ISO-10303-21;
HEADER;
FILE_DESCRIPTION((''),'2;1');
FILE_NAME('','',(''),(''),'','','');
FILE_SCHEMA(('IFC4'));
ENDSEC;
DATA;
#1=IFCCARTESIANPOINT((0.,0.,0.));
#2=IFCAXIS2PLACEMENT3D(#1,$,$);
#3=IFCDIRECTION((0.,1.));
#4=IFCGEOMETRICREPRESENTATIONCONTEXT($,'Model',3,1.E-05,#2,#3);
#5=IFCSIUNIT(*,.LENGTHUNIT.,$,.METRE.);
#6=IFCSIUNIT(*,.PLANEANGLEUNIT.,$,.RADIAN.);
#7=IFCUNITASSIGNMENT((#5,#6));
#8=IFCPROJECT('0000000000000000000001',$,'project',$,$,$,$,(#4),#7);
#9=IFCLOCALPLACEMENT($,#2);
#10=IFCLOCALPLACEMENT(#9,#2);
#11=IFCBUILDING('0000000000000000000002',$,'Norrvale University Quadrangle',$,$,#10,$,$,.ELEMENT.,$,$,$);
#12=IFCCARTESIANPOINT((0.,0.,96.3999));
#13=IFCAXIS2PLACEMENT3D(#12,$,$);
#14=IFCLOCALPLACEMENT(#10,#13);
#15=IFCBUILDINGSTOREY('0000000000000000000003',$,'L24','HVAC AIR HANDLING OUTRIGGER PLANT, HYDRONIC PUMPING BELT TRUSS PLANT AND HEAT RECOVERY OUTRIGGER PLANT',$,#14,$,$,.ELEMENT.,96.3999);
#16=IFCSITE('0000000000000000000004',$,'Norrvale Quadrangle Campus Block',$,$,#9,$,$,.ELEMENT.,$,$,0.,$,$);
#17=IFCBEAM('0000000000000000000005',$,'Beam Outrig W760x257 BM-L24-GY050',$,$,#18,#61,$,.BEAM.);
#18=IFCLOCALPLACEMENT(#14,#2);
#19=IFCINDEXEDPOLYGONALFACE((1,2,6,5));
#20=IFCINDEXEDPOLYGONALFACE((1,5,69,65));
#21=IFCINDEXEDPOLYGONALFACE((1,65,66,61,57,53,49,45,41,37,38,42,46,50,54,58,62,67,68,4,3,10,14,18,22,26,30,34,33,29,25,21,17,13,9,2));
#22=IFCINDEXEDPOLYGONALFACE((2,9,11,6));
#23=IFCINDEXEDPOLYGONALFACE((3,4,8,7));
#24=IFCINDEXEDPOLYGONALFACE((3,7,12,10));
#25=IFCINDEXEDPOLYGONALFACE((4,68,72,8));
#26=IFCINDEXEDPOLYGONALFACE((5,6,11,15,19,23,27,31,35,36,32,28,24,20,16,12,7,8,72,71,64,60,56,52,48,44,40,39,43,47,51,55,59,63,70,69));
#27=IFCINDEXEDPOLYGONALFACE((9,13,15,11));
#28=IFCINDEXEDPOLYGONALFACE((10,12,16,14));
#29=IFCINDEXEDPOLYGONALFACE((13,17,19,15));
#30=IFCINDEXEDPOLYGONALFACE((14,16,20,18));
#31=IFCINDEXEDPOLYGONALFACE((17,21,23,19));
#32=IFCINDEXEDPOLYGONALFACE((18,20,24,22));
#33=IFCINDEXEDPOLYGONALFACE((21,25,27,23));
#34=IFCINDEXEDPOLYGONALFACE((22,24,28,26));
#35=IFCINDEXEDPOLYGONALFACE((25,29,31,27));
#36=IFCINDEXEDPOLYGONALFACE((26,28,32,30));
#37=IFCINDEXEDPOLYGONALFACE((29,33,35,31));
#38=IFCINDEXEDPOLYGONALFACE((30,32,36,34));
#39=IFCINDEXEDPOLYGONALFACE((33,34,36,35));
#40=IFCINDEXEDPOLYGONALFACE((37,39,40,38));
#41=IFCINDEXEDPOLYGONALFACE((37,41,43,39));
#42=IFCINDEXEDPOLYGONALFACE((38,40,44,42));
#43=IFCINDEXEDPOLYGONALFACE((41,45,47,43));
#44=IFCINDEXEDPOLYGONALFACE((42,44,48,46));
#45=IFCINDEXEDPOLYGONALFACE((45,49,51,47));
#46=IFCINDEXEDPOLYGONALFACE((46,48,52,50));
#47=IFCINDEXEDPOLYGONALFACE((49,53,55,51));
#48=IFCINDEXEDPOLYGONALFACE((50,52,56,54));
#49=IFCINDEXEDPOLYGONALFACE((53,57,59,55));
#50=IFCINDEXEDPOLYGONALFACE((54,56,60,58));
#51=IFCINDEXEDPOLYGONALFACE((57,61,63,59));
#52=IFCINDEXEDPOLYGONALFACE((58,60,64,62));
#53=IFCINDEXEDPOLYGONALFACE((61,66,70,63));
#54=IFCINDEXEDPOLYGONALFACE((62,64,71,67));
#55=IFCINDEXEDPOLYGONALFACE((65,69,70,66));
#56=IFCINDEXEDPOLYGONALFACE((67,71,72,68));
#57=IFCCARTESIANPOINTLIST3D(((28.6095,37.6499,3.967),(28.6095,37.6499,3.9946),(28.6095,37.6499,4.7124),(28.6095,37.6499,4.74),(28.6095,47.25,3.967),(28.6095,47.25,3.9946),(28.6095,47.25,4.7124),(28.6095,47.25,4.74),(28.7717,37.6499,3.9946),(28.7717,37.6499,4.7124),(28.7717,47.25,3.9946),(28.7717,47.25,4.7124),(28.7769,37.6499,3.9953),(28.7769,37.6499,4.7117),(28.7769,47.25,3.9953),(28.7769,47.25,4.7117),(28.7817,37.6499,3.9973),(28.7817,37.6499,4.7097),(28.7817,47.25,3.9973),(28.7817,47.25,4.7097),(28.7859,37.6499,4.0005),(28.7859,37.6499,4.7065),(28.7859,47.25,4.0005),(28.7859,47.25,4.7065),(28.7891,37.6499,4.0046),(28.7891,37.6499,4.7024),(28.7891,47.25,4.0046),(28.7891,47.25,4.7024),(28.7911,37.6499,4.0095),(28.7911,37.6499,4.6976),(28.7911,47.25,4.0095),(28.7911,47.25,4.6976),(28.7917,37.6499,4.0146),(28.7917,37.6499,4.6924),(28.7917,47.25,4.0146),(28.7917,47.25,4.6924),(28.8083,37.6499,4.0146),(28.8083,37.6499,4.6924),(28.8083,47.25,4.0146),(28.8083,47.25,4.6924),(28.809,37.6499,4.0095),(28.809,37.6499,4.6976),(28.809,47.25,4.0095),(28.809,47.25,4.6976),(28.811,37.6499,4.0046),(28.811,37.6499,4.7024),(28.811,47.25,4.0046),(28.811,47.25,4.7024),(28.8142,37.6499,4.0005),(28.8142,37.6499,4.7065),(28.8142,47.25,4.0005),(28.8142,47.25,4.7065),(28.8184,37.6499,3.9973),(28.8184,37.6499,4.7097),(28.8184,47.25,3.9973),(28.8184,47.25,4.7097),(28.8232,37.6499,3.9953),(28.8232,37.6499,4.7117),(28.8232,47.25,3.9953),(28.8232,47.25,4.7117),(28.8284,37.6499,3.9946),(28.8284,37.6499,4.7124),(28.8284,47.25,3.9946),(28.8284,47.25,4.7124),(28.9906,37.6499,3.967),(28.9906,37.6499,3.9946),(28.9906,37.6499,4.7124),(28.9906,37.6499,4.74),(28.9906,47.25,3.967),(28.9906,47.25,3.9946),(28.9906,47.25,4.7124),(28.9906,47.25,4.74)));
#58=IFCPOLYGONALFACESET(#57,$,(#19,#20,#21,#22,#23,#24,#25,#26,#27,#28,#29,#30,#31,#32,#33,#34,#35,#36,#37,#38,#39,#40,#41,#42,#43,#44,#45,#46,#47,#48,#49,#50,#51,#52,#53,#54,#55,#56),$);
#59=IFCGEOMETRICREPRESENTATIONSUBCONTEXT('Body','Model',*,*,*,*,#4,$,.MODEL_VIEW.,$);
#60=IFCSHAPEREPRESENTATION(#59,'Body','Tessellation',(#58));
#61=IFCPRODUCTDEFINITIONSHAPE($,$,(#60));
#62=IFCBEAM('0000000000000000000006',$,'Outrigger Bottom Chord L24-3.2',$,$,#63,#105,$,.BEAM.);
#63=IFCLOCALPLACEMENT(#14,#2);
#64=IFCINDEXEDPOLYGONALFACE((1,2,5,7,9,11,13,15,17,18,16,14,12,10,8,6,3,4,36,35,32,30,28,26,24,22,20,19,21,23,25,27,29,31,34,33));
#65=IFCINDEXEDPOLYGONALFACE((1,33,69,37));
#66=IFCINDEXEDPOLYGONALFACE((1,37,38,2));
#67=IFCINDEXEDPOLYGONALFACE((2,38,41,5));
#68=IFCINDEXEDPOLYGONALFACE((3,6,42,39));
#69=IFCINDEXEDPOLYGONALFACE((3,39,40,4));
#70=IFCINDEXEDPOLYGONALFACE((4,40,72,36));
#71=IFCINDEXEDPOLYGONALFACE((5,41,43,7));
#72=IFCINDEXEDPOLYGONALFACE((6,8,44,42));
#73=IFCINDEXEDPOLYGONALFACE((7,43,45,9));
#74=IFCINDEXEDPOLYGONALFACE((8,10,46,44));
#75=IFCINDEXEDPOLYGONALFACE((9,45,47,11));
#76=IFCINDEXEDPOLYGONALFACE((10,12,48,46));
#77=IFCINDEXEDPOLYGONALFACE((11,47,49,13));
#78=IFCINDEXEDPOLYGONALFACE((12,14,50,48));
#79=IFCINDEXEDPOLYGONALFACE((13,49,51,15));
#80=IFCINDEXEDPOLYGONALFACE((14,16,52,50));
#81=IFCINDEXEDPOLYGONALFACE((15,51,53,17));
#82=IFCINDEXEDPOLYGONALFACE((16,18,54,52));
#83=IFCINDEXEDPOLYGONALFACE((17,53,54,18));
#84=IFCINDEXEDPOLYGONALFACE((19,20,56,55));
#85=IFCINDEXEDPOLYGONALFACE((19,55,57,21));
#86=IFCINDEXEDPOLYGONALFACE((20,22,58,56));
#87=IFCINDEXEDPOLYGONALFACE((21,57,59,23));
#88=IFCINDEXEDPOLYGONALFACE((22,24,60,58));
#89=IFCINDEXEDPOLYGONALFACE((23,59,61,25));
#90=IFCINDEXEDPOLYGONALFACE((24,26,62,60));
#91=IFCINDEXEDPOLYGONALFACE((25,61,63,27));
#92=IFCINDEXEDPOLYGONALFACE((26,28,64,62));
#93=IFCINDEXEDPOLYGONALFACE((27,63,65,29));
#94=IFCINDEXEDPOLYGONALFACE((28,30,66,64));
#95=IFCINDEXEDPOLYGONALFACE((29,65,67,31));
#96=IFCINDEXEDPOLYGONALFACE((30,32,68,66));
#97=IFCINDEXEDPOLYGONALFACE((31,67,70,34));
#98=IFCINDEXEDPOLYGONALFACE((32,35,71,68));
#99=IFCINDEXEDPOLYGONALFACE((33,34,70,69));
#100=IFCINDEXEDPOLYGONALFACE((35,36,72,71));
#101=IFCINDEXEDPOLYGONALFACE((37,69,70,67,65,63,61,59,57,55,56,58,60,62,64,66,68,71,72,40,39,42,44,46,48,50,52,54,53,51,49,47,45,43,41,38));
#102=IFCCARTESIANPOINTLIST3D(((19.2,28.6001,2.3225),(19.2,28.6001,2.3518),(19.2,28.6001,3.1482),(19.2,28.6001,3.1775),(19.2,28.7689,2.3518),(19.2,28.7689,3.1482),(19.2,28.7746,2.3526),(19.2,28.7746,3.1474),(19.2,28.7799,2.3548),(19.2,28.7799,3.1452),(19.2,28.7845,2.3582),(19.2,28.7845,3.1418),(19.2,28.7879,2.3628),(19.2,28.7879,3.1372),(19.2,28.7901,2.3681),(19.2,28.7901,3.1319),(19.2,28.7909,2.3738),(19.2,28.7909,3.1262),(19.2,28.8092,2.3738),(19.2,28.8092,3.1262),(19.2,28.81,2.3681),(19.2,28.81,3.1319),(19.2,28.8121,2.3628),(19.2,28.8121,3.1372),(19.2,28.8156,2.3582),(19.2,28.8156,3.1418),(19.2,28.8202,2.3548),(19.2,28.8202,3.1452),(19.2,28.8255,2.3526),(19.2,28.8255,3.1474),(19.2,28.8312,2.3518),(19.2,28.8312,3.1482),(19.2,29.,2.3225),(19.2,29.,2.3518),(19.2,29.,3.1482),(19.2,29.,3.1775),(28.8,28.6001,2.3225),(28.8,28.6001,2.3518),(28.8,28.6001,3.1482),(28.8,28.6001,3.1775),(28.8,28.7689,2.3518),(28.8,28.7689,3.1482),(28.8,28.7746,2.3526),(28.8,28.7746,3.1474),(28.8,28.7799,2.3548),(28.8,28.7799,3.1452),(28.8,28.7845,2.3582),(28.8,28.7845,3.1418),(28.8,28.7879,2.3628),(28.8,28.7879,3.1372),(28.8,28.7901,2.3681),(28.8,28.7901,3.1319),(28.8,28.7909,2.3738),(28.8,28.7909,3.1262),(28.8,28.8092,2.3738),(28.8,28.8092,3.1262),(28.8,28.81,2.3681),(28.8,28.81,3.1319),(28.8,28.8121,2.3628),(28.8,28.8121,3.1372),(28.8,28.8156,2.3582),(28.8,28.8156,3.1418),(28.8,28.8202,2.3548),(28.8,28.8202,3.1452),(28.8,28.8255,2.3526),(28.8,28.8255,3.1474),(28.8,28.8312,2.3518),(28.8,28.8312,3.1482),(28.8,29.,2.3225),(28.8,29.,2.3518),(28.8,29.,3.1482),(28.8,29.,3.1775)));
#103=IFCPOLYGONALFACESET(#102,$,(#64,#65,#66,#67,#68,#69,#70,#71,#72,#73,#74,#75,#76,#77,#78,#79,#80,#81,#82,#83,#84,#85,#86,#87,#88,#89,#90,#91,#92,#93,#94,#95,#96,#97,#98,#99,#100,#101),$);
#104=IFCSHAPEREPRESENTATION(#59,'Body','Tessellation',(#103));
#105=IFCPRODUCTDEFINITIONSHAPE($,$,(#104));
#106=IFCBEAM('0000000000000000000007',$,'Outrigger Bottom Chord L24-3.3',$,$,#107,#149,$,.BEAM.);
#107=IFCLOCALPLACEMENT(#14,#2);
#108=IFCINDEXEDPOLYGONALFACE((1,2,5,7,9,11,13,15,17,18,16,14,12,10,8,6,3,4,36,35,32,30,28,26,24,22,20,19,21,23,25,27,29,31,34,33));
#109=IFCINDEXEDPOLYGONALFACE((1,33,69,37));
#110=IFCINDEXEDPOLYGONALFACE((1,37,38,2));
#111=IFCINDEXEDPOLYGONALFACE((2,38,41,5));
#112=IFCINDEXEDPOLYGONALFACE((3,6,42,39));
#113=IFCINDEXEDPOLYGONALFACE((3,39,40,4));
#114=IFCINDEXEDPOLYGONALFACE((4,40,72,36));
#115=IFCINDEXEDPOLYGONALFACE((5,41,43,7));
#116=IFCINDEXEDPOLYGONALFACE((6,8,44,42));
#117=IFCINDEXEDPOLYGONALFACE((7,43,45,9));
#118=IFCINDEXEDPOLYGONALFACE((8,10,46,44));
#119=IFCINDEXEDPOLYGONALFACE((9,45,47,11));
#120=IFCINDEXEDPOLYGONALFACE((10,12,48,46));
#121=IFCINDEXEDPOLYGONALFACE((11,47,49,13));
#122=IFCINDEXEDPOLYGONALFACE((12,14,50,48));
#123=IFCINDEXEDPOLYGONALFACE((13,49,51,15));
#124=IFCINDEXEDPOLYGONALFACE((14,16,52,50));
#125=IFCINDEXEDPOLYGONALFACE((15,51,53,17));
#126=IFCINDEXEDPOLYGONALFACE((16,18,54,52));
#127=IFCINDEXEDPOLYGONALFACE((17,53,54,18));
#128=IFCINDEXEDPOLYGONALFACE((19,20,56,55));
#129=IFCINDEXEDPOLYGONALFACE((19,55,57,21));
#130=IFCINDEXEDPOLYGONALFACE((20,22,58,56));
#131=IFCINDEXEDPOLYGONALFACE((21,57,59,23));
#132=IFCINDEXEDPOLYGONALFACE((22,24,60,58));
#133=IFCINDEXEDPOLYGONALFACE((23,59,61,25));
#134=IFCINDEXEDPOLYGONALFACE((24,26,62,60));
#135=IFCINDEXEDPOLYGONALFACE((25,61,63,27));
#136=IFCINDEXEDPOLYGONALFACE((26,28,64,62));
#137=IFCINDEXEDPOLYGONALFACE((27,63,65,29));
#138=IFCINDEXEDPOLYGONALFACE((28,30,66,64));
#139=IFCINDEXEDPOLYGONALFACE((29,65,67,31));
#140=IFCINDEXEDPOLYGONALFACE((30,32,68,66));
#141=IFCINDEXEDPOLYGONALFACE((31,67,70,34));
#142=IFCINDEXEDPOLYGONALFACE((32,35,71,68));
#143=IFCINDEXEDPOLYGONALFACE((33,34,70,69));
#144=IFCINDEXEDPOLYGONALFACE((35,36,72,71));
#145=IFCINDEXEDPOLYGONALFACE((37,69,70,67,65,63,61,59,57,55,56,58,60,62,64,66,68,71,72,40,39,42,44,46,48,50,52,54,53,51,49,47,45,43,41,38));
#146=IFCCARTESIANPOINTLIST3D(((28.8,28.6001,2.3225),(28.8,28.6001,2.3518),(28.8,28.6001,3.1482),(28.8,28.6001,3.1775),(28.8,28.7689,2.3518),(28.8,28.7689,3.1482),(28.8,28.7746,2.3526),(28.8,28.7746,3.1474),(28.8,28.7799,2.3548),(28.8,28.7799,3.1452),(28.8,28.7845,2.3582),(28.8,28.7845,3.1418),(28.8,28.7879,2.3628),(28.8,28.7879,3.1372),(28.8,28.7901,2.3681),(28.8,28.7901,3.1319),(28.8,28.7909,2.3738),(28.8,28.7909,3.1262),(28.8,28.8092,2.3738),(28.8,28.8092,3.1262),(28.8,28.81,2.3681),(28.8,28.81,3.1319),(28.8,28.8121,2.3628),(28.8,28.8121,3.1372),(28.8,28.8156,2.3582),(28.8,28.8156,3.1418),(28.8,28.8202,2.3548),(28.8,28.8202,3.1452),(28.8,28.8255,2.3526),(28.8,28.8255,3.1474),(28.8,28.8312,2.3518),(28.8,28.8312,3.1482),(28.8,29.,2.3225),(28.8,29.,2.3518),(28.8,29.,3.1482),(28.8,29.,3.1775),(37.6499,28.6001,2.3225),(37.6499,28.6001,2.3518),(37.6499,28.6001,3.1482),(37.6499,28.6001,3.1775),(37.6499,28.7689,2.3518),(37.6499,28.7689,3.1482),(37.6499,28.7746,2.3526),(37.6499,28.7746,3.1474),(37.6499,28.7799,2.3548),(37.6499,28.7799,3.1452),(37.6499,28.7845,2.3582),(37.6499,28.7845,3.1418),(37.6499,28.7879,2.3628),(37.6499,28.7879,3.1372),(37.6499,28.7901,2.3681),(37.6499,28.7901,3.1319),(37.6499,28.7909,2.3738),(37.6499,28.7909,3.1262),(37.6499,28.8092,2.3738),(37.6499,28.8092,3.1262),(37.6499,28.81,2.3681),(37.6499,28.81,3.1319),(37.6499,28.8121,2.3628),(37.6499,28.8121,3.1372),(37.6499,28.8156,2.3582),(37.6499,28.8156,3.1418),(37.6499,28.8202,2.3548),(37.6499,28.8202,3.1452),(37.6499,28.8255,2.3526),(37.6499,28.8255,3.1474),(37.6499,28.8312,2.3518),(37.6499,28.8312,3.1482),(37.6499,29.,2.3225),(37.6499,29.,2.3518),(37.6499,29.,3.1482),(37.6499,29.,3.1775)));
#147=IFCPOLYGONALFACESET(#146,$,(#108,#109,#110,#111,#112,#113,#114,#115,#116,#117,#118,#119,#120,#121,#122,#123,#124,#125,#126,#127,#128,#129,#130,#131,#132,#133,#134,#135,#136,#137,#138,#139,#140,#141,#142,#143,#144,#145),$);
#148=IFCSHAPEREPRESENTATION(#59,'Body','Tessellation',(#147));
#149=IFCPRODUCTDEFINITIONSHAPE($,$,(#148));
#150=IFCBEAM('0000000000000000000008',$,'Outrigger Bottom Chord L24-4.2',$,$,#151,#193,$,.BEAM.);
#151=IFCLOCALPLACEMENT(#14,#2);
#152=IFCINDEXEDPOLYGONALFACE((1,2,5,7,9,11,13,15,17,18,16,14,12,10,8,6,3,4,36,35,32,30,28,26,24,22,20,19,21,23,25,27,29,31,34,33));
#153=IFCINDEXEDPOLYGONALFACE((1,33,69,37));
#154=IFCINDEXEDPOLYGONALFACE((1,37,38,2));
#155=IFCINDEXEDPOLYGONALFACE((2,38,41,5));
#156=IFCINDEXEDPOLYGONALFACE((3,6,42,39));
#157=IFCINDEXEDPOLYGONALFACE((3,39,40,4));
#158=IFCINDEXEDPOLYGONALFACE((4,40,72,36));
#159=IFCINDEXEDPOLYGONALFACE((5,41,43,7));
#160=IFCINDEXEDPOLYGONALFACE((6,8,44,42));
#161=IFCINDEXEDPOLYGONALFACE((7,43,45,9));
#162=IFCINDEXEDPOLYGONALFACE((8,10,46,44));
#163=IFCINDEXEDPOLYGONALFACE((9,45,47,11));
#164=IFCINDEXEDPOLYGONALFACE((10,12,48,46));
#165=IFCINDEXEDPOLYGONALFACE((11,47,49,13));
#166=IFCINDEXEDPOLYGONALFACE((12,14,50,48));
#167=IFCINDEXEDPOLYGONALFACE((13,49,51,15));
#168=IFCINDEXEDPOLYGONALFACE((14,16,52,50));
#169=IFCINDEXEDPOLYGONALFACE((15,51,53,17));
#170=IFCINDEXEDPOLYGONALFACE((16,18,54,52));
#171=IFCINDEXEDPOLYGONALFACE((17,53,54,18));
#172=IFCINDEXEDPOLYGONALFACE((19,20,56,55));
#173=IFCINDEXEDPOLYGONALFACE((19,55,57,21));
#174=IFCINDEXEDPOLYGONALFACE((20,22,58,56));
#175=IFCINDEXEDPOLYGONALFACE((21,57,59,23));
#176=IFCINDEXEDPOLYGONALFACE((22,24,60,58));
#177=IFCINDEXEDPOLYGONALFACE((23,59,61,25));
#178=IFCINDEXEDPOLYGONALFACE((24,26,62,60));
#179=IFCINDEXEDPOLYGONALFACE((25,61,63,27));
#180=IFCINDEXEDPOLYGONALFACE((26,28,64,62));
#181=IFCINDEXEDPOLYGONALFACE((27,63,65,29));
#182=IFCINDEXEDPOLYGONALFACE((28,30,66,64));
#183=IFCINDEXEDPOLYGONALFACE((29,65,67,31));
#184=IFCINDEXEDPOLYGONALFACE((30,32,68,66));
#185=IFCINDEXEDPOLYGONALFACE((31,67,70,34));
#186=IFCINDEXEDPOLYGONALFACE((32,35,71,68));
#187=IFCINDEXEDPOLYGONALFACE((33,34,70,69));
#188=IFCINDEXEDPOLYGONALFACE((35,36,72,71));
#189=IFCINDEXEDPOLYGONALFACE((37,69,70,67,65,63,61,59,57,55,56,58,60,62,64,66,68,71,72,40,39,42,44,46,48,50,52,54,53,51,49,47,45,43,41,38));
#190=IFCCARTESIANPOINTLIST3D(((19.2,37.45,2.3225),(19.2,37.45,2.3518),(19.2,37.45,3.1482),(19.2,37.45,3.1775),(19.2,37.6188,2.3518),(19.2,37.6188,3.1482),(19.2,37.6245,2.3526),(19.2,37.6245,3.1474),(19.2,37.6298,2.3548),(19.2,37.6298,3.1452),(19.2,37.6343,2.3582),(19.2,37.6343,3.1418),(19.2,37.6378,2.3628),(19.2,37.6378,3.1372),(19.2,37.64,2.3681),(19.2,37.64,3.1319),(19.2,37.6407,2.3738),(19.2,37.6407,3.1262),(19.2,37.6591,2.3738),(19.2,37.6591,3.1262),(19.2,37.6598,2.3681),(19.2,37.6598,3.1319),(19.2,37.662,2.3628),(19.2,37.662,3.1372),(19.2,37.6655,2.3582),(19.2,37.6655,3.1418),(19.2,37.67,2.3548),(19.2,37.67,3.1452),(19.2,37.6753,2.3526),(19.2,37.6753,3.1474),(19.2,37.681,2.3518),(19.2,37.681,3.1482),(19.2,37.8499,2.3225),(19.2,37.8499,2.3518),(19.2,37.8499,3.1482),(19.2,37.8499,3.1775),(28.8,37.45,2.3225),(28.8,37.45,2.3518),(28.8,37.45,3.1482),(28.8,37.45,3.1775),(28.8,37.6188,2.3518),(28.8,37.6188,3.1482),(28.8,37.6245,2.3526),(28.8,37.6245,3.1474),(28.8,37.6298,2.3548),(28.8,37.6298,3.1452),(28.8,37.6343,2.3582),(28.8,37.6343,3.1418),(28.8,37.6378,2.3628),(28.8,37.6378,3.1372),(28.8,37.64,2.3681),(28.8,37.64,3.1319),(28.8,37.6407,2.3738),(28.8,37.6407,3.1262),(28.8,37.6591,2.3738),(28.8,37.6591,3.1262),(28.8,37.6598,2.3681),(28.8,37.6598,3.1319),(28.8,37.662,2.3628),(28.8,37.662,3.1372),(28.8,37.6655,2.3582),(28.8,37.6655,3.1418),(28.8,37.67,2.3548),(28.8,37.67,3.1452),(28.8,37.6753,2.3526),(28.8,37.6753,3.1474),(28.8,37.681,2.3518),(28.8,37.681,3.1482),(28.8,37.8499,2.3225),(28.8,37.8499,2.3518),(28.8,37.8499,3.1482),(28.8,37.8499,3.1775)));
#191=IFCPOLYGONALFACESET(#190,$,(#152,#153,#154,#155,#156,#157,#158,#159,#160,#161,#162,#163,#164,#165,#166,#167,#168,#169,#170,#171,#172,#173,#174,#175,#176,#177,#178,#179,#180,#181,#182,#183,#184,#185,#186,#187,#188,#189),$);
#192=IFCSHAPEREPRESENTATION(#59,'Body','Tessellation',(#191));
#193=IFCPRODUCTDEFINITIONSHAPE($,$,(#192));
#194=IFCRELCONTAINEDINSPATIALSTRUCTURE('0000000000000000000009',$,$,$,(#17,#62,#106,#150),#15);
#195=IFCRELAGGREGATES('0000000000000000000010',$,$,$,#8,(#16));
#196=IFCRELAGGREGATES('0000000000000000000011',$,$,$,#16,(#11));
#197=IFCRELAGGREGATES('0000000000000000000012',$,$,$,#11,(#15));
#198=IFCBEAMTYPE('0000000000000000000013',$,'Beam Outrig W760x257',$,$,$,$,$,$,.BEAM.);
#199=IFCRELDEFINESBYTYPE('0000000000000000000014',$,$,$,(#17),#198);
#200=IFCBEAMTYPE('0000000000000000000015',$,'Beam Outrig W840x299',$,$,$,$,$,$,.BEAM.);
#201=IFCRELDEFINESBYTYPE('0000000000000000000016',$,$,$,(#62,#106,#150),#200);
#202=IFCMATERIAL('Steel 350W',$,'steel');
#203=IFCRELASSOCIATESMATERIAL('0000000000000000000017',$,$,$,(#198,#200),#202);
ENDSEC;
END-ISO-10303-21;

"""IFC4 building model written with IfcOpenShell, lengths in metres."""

from ifc_helpers import new_model, si_unit, direction, frame, origin, origin_2d, place, context, subcontext, project, spatial, i_section, extrude, material, material_profile, profile_set, type_object, element, save


model = new_model("IFC4")

# Units and contexts
model_context = context("Model", 3, precision=1e-05, world=origin(), true_north=direction((0.0, 1.0)))
body_context = subcontext(model_context, "Body", "Model", "MODEL_VIEW")
ifc_project = project(units=[si_unit("LENGTHUNIT", "METRE"), si_unit("PLANEANGLEUNIT", "RADIAN")], contexts=[model_context])

# Site, building, storey
site_placement = place(None, origin())
site = spatial("IfcSite", under=ifc_project, at=site_placement, Name="Norrvale Quadrangle Campus Block", CompositionType="ELEMENT", RefElevation=0.0)
building_placement = place(site_placement, origin())
building = spatial("IfcBuilding", under=site, at=building_placement, Name="Norrvale University Quadrangle", CompositionType="ELEMENT")
storey_placement = place(building_placement, frame((0.0, 0.0, 96.3999)))
storey = spatial("IfcBuildingStorey", under=building, at=storey_placement, Name="L24", Description="HVAC AIR HANDLING OUTRIGGER PLANT, HYDRONIC PUMPING BELT TRUSS PLANT AND HEAT RECOVERY OUTRIGGER PLANT", CompositionType="ELEMENT", Elevation=96.3999)

# Beams
ifc_material_1 = material(Name="Steel 350W", Category="steel")
ifc_material_profile_1 = material_profile(ifc_material_1, i_section(OverallWidth=0.3811, OverallDepth=0.7729, WebThickness=0.0166, FlangeThickness=0.0276, FilletRadius=0.02, at=origin_2d()), Name="Steel 350W")
ifc_profile_set_1 = profile_set([ifc_material_profile_1], Name="Steel 350W")
beam_type_1 = type_object("IfcBeamType", Name="Beam Outrig W760x257", PredefinedType="BEAM", material=ifc_profile_set_1)
beam_1_placement = place(storey_placement, frame((28.8, 37.6499, 4.3535), z_axis=(0.0, 1.0, 0.0), x_axis=(-1.0, 0.0, 0.0)))
element("IfcBeam", 1, at=beam_1_placement, inside=storey, type_object=beam_type_1, Name="Beam Outrig W760x257 BM-L24-GY050", PredefinedType="BEAM", context=body_context, shape_type="SweptSolid", body=[
    extrude(i_section(OverallWidth=0.3811, OverallDepth=0.7729, WebThickness=0.0166, FlangeThickness=0.0276, FilletRadius=0.02, at=origin_2d()), origin(), (0.0, 0.0, 1.0), 9.6001),
])
ifc_material_profile_2 = material_profile(ifc_material_1, i_section(OverallWidth=0.3999, OverallDepth=0.855, WebThickness=0.0183, FlangeThickness=0.0293, FilletRadius=0.022, at=origin_2d()), Name="Steel 350W")
ifc_profile_set_2 = profile_set([ifc_material_profile_2], Name="Steel 350W")
beam_type_2 = type_object("IfcBeamType", Name="Beam Outrig W840x299", PredefinedType="BEAM", material=ifc_profile_set_2)
beam_2_placement = place(storey_placement, frame((19.2, 28.8, 2.75), z_axis=(1.0, 0.0, 0.0), x_axis=(0.0, 1.0, 0.0)))
element("IfcBeam", 2, at=beam_2_placement, inside=storey, type_object=beam_type_2, Name="Outrigger Bottom Chord L24-3.2", PredefinedType="BEAM", context=body_context, shape_type="SweptSolid", body=[
    extrude(i_section(OverallWidth=0.3999, OverallDepth=0.855, WebThickness=0.0183, FlangeThickness=0.0293, FilletRadius=0.022, at=origin_2d()), origin(), (0.0, 0.0, 1.0), 9.6001),
])
beam_3_placement = place(storey_placement, frame((28.8, 28.8, 2.75), z_axis=(1.0, 0.0, 0.0), x_axis=(0.0, 1.0, 0.0)))
element("IfcBeam", 3, at=beam_3_placement, inside=storey, type_object=beam_type_2, Name="Outrigger Bottom Chord L24-3.3", PredefinedType="BEAM", context=body_context, shape_type="SweptSolid", body=[
    extrude(i_section(OverallWidth=0.3999, OverallDepth=0.855, WebThickness=0.0183, FlangeThickness=0.0293, FilletRadius=0.022, at=origin_2d()), origin(), (0.0, 0.0, 1.0), 8.8499),
])
beam_4_placement = place(storey_placement, frame((19.2, 37.6499, 2.75), z_axis=(1.0, 0.0, 0.0), x_axis=(0.0, 1.0, 0.0)))
element("IfcBeam", 4, at=beam_4_placement, inside=storey, type_object=beam_type_2, Name="Outrigger Bottom Chord L24-4.2", PredefinedType="BEAM", context=body_context, shape_type="SweptSolid", body=[
    extrude(i_section(OverallWidth=0.3999, OverallDepth=0.855, WebThickness=0.0183, FlangeThickness=0.0293, FilletRadius=0.022, at=origin_2d()), origin(), (0.0, 0.0, 1.0), 9.6001),
])

save(model, "model.ifc")
